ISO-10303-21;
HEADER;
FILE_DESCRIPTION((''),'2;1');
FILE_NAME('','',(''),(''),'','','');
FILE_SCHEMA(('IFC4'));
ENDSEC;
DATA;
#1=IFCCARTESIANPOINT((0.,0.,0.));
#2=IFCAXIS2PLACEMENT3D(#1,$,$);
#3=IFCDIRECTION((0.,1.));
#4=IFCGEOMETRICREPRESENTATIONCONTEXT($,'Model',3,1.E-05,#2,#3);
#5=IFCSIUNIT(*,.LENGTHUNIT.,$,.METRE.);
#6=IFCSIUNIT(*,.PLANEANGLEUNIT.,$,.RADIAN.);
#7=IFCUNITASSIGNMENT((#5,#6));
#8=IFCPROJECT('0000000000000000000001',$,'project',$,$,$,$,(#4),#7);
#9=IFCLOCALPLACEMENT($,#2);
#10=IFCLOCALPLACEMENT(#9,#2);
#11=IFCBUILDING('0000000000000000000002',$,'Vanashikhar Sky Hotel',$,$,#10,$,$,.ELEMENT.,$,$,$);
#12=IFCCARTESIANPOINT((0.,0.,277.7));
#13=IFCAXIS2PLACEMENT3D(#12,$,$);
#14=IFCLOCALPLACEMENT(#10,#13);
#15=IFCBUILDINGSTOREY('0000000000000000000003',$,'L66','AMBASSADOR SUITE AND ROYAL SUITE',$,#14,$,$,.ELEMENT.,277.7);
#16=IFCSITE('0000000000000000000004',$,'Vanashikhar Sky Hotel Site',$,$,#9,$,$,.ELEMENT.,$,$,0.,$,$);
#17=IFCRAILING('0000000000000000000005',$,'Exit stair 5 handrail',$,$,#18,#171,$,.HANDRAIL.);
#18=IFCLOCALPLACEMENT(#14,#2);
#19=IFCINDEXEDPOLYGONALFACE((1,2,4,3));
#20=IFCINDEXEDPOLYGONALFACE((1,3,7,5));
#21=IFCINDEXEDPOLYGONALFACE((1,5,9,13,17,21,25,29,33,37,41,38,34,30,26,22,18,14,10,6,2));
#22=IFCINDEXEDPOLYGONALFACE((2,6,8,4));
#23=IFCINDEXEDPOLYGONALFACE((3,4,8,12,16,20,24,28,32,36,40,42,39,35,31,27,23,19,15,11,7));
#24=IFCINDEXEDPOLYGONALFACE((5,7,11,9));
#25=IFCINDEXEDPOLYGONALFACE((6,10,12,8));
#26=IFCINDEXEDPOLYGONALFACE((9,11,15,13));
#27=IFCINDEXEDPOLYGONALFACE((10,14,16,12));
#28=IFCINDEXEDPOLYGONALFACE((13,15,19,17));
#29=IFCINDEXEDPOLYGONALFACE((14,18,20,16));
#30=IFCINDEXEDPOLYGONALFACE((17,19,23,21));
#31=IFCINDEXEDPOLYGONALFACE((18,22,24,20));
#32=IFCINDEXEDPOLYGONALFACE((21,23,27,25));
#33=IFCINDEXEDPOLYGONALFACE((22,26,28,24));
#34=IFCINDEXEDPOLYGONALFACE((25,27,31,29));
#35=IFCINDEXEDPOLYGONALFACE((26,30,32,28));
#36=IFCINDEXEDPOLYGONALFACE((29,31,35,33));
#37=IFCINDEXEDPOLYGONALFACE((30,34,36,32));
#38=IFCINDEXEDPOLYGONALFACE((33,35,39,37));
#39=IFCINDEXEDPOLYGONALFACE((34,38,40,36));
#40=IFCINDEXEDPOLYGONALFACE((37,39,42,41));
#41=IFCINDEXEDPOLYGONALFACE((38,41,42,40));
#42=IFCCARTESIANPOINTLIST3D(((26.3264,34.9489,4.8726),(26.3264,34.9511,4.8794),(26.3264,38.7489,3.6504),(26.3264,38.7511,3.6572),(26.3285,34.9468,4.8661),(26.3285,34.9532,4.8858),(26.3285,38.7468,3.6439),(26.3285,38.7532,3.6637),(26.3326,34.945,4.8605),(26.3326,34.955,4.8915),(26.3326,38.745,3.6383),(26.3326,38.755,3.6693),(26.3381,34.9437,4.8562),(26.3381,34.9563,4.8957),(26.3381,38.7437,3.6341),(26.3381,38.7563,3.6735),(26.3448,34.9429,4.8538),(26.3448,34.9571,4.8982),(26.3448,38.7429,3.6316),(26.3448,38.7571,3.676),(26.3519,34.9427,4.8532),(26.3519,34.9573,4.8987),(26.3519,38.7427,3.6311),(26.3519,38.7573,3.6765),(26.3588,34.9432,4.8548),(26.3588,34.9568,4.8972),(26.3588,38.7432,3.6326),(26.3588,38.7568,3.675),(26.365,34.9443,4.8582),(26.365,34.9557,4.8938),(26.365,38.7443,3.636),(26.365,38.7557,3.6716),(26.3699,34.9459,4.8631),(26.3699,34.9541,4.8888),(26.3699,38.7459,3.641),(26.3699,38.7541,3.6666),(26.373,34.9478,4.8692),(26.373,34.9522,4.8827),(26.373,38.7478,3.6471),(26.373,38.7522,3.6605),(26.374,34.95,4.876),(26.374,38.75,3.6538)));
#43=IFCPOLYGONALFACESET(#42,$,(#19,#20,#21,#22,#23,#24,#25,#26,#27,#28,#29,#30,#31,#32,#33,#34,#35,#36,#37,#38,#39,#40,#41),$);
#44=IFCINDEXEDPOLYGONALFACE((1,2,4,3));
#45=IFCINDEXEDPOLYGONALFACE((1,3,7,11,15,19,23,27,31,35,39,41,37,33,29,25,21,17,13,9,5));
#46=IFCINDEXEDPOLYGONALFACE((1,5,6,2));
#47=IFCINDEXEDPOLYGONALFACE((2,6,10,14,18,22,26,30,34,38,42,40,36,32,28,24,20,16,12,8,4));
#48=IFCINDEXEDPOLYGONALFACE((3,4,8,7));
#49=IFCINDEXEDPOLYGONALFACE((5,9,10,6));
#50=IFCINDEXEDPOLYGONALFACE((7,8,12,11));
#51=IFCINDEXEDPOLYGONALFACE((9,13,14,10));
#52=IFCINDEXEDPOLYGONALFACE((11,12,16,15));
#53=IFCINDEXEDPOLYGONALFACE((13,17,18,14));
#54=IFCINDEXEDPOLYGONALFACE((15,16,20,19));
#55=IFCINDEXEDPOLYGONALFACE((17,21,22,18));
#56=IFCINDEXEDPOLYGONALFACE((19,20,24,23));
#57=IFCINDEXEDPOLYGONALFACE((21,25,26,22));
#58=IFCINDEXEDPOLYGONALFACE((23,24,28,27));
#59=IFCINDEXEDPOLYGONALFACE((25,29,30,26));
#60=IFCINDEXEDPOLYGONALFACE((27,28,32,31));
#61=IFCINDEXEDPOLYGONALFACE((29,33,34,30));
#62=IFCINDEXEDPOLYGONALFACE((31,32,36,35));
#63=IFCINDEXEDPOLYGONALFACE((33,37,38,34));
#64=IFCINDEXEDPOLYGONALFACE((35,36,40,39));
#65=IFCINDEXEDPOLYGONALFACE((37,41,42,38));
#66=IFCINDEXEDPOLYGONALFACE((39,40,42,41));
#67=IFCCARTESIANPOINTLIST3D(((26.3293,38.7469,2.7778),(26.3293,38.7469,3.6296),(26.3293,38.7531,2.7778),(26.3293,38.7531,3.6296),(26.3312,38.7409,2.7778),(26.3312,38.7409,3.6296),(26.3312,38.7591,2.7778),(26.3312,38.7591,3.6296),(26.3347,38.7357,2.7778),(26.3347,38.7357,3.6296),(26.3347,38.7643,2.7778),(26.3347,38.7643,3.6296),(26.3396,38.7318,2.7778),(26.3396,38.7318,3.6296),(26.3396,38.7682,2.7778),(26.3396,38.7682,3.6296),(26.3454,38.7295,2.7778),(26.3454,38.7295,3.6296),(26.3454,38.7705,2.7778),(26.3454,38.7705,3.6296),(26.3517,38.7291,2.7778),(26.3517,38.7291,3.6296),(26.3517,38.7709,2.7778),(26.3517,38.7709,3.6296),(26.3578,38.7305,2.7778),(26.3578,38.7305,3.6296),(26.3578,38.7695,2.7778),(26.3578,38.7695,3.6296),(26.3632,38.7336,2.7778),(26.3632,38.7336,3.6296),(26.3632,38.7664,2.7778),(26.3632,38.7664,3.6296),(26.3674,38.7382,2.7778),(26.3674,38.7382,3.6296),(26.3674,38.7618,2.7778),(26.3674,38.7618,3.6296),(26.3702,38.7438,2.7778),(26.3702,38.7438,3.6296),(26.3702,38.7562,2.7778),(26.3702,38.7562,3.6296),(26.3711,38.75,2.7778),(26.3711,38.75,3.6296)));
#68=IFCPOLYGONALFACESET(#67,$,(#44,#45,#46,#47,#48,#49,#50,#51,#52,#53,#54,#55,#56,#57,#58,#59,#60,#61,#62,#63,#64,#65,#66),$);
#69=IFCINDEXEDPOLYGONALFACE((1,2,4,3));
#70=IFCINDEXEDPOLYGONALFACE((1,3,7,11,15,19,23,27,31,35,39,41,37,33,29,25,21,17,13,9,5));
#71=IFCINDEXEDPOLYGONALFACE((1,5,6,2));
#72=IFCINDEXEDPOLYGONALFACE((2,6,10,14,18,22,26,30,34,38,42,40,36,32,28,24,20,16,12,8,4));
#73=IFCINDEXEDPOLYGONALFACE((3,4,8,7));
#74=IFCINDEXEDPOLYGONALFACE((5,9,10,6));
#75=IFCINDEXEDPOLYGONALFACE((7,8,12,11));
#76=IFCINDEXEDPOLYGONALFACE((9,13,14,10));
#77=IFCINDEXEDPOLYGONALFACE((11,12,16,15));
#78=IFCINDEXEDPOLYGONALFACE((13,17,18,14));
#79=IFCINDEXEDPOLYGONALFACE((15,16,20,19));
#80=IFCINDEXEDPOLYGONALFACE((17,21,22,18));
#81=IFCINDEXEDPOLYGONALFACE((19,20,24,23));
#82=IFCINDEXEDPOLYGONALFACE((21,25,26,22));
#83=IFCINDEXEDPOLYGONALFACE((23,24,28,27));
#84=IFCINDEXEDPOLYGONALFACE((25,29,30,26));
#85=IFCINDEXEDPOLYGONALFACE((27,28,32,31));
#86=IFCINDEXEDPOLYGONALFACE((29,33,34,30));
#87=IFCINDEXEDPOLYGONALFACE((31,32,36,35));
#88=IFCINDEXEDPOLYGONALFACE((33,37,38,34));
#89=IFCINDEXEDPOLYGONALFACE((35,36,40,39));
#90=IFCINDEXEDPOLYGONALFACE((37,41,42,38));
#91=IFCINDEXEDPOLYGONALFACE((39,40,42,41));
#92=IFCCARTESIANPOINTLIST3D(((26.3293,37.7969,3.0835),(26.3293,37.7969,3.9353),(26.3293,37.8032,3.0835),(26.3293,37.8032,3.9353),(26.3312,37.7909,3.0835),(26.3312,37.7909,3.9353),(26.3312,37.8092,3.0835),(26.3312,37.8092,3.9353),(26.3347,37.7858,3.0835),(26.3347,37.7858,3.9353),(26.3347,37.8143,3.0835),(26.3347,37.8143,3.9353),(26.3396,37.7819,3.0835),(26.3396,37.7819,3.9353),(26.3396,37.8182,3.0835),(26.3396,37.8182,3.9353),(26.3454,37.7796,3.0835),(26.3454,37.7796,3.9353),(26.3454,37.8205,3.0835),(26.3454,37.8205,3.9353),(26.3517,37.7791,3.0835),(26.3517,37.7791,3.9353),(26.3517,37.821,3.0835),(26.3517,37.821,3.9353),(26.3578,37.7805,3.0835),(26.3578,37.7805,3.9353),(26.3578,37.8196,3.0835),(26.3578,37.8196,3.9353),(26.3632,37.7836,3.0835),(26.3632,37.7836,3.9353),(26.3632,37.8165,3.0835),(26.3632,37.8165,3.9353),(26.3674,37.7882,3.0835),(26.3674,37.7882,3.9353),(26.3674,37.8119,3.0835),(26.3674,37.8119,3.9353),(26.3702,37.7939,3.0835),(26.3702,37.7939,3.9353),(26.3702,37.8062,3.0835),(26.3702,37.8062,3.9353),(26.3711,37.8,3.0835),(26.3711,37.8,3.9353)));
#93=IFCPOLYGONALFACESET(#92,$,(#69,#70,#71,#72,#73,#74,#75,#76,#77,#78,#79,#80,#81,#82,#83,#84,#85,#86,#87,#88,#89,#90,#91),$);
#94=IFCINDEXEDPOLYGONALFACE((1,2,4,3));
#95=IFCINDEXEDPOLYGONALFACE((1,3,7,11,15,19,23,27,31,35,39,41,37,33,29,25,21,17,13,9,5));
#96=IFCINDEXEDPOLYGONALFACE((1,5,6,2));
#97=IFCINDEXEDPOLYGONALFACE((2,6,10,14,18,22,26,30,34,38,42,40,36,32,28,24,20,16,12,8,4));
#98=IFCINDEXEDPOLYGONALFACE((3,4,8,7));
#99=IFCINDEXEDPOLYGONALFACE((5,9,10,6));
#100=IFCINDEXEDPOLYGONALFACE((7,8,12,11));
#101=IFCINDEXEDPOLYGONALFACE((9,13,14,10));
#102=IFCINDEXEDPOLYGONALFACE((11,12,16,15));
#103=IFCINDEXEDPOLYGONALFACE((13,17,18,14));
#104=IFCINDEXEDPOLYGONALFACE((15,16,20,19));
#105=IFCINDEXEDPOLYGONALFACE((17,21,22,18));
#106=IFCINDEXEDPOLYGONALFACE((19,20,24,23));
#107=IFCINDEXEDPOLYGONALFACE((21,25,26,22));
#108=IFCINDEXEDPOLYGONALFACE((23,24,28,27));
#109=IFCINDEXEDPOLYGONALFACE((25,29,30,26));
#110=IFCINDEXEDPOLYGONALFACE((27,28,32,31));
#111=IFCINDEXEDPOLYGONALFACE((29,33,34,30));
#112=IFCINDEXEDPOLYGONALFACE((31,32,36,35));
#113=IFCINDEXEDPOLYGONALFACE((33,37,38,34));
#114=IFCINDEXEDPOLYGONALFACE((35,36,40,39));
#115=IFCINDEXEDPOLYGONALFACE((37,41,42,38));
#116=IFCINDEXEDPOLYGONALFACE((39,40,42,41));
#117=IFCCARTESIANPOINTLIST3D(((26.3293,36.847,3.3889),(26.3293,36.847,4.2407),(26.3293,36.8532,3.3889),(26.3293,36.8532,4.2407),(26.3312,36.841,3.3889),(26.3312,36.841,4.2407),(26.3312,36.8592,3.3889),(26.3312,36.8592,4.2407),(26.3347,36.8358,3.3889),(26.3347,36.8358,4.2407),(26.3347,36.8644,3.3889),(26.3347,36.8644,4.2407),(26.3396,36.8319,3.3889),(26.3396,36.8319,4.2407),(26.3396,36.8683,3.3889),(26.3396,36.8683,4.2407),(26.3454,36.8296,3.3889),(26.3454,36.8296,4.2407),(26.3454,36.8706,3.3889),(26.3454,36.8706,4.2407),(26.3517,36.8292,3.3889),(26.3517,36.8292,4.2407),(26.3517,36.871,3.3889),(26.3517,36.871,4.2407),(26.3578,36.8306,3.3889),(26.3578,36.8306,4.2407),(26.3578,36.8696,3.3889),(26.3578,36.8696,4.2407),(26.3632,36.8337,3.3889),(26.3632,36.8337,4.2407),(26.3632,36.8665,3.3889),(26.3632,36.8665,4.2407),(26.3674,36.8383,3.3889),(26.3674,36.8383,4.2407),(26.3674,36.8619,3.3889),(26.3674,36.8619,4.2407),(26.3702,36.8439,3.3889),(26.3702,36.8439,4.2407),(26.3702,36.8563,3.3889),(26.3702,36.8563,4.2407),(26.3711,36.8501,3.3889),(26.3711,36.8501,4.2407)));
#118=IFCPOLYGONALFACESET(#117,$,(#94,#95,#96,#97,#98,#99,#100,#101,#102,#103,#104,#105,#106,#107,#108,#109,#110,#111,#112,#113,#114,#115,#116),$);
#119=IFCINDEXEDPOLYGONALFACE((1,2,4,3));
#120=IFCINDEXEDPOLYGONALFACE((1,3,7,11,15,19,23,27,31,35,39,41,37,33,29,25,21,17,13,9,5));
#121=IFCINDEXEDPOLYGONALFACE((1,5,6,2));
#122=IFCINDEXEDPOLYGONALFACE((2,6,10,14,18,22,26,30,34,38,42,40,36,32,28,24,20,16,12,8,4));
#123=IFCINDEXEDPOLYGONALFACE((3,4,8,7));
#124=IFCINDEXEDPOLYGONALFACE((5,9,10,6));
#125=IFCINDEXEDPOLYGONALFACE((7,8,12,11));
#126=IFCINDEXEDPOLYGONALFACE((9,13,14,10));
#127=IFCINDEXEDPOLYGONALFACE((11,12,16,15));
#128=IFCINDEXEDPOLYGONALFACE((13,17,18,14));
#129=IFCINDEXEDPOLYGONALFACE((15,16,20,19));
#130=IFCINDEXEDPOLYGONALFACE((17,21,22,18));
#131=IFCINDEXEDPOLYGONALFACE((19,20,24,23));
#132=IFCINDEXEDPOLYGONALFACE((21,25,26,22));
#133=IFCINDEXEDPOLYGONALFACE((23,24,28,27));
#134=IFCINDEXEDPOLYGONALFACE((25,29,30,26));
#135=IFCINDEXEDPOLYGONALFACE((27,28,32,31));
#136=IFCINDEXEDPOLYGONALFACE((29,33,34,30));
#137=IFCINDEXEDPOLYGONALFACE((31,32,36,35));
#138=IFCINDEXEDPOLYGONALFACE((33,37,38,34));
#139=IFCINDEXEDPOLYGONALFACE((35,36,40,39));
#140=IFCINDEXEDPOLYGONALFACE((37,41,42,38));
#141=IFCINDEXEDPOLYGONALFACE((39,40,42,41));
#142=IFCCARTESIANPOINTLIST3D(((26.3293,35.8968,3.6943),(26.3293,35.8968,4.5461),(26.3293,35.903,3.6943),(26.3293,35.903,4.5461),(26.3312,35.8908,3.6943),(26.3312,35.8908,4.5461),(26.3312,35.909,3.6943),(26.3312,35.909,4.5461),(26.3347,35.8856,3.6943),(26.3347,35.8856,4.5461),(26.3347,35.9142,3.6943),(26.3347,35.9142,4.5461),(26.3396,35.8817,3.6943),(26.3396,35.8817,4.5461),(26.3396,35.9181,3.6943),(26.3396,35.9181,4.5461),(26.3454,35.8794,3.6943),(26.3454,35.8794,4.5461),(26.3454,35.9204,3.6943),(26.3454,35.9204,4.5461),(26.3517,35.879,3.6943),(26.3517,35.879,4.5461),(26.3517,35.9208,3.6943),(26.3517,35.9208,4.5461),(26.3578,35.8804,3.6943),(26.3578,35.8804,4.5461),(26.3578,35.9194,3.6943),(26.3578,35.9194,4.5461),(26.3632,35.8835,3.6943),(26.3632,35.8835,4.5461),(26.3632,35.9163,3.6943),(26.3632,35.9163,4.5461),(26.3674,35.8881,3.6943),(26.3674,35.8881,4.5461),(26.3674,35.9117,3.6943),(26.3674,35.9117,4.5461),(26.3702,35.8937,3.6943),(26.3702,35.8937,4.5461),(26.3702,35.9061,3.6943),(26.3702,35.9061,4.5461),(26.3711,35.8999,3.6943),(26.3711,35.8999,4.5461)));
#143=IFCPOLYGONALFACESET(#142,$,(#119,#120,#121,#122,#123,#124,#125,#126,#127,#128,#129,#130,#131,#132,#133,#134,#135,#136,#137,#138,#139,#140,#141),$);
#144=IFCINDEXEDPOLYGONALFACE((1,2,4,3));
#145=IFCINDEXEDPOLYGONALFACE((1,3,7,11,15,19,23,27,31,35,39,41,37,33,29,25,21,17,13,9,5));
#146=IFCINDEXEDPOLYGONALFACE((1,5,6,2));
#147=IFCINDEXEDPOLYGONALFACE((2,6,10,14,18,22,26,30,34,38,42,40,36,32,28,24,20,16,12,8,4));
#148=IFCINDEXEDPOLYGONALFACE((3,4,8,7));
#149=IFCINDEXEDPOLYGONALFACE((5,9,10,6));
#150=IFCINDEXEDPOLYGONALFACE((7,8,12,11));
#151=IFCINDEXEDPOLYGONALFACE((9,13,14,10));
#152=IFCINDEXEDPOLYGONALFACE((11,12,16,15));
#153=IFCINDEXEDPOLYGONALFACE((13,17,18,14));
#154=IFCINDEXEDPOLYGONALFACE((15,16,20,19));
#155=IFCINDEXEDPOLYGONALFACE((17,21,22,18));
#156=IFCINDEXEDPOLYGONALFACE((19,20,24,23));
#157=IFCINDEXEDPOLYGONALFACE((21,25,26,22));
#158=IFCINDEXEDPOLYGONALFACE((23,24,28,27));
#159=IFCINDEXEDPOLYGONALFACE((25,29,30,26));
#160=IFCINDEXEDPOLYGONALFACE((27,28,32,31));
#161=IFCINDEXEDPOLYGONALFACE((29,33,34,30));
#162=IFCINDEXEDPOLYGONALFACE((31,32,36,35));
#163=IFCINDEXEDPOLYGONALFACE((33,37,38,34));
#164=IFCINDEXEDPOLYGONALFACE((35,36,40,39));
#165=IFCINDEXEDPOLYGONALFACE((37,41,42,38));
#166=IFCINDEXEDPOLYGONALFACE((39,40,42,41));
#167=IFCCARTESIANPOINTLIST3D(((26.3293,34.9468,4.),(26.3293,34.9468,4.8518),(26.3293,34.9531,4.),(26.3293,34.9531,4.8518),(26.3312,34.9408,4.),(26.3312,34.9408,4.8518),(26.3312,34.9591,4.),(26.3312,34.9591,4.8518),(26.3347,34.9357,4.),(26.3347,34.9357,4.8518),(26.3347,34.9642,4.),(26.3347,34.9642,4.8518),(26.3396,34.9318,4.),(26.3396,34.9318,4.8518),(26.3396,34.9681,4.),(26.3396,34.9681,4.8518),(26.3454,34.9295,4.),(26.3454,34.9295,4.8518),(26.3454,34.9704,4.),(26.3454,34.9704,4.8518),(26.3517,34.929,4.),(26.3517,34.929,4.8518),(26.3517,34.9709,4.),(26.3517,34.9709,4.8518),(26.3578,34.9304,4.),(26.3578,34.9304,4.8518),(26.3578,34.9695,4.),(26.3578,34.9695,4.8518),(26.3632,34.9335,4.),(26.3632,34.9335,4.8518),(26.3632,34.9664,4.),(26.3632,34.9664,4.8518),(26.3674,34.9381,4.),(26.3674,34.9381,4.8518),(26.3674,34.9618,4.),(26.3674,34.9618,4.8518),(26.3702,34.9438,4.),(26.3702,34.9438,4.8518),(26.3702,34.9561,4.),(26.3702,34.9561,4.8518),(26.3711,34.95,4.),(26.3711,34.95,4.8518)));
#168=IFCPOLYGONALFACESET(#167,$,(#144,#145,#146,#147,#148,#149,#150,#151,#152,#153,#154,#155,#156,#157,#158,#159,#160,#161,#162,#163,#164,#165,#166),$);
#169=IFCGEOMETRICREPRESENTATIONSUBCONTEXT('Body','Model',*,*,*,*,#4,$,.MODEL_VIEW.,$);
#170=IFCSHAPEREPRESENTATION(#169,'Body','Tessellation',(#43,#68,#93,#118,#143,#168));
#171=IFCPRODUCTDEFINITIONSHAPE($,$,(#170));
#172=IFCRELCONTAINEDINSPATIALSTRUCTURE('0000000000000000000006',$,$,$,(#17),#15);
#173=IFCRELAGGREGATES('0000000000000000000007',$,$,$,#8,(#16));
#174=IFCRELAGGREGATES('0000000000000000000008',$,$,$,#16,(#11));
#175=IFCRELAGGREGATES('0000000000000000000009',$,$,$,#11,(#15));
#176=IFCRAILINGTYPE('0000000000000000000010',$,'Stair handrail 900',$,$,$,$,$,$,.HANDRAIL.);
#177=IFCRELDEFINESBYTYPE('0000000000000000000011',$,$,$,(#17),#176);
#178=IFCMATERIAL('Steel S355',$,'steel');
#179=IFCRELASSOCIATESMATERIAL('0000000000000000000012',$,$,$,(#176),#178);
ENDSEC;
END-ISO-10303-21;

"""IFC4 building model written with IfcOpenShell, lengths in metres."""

from ifc_helpers import new_model, si_unit, direction, frame, origin, origin_2d, place, context, subcontext, project, spatial, circle, extrude, source, transform, mapped, material, type_object, element, save


model = new_model("IFC4")

# Units and contexts
model_context = context("Model", 3, precision=1e-05, world=origin(), true_north=direction((0.0, 1.0)))
body_context = subcontext(model_context, "Body", "Model", "MODEL_VIEW")
ifc_project = project(units=[si_unit("LENGTHUNIT", "METRE"), si_unit("PLANEANGLEUNIT", "RADIAN")], contexts=[model_context])

# Site, building, storey
site_placement = place(None, origin())
site = spatial("IfcSite", under=ifc_project, at=site_placement, Name="Vanashikhar Sky Hotel Site", CompositionType="ELEMENT", RefElevation=0.0)
building_placement = place(site_placement, origin())
building = spatial("IfcBuilding", under=site, at=building_placement, Name="Vanashikhar Sky Hotel", CompositionType="ELEMENT")
storey_placement = place(building_placement, frame((0.0, 0.0, 277.7)))
storey = spatial("IfcBuildingStorey", under=building, at=storey_placement, Name="L66", Description="AMBASSADOR SUITE AND ROYAL SUITE", CompositionType="ELEMENT", Elevation=277.7)

# Railing
ifc_material_1 = material(Name="Steel S355", Category="steel")
railing_type_1 = type_object("IfcRailingType", Name="Stair handrail 900", PredefinedType="HANDRAIL", material=ifc_material_1)
shared_shape_1 = source(origin(), body_context, "Body", "SweptSolid", [
    extrude(circle(Radius=0.0239, at=origin_2d()), frame((0.0, 0.0, 0.876), z_axis=(0.0, -0.951976, 0.306173), x_axis=(1.0, 0.0, 0.0)), (0.0, 0.0, 1.0), 3.9917),
    extrude(circle(Radius=0.021, at=origin_2d()), origin(), (0.0, 0.0, 1.0), 0.8518),
    extrude(circle(Radius=0.021, at=origin_2d()), frame((0.0, -0.95, 0.3057)), (0.0, 0.0, 1.0), 0.8518),
    extrude(circle(Radius=0.021, at=origin_2d()), frame((0.0, -1.8999, 0.6111)), (0.0, 0.0, 1.0), 0.8518),
    extrude(circle(Radius=0.021, at=origin_2d()), frame((0.0, -2.8501, 0.9165)), (0.0, 0.0, 1.0), 0.8518),
    extrude(circle(Radius=0.021, at=origin_2d()), frame((0.0, -3.8, 1.2222)), (0.0, 0.0, 1.0), 0.8518),
])
railing_1_placement = place(storey_placement, frame((26.3501, 38.75, 2.7778)))
element("IfcRailing", 1, at=railing_1_placement, inside=storey, type_object=railing_type_1, Name="Exit stair 5 handrail", PredefinedType="HANDRAIL", context=body_context, shape_type="MappedRepresentation", body=[
    mapped(shared_shape_1, transform((0.0, 0.0, 0.0), scale=1.0)),
])

save(model, "model.ifc")
